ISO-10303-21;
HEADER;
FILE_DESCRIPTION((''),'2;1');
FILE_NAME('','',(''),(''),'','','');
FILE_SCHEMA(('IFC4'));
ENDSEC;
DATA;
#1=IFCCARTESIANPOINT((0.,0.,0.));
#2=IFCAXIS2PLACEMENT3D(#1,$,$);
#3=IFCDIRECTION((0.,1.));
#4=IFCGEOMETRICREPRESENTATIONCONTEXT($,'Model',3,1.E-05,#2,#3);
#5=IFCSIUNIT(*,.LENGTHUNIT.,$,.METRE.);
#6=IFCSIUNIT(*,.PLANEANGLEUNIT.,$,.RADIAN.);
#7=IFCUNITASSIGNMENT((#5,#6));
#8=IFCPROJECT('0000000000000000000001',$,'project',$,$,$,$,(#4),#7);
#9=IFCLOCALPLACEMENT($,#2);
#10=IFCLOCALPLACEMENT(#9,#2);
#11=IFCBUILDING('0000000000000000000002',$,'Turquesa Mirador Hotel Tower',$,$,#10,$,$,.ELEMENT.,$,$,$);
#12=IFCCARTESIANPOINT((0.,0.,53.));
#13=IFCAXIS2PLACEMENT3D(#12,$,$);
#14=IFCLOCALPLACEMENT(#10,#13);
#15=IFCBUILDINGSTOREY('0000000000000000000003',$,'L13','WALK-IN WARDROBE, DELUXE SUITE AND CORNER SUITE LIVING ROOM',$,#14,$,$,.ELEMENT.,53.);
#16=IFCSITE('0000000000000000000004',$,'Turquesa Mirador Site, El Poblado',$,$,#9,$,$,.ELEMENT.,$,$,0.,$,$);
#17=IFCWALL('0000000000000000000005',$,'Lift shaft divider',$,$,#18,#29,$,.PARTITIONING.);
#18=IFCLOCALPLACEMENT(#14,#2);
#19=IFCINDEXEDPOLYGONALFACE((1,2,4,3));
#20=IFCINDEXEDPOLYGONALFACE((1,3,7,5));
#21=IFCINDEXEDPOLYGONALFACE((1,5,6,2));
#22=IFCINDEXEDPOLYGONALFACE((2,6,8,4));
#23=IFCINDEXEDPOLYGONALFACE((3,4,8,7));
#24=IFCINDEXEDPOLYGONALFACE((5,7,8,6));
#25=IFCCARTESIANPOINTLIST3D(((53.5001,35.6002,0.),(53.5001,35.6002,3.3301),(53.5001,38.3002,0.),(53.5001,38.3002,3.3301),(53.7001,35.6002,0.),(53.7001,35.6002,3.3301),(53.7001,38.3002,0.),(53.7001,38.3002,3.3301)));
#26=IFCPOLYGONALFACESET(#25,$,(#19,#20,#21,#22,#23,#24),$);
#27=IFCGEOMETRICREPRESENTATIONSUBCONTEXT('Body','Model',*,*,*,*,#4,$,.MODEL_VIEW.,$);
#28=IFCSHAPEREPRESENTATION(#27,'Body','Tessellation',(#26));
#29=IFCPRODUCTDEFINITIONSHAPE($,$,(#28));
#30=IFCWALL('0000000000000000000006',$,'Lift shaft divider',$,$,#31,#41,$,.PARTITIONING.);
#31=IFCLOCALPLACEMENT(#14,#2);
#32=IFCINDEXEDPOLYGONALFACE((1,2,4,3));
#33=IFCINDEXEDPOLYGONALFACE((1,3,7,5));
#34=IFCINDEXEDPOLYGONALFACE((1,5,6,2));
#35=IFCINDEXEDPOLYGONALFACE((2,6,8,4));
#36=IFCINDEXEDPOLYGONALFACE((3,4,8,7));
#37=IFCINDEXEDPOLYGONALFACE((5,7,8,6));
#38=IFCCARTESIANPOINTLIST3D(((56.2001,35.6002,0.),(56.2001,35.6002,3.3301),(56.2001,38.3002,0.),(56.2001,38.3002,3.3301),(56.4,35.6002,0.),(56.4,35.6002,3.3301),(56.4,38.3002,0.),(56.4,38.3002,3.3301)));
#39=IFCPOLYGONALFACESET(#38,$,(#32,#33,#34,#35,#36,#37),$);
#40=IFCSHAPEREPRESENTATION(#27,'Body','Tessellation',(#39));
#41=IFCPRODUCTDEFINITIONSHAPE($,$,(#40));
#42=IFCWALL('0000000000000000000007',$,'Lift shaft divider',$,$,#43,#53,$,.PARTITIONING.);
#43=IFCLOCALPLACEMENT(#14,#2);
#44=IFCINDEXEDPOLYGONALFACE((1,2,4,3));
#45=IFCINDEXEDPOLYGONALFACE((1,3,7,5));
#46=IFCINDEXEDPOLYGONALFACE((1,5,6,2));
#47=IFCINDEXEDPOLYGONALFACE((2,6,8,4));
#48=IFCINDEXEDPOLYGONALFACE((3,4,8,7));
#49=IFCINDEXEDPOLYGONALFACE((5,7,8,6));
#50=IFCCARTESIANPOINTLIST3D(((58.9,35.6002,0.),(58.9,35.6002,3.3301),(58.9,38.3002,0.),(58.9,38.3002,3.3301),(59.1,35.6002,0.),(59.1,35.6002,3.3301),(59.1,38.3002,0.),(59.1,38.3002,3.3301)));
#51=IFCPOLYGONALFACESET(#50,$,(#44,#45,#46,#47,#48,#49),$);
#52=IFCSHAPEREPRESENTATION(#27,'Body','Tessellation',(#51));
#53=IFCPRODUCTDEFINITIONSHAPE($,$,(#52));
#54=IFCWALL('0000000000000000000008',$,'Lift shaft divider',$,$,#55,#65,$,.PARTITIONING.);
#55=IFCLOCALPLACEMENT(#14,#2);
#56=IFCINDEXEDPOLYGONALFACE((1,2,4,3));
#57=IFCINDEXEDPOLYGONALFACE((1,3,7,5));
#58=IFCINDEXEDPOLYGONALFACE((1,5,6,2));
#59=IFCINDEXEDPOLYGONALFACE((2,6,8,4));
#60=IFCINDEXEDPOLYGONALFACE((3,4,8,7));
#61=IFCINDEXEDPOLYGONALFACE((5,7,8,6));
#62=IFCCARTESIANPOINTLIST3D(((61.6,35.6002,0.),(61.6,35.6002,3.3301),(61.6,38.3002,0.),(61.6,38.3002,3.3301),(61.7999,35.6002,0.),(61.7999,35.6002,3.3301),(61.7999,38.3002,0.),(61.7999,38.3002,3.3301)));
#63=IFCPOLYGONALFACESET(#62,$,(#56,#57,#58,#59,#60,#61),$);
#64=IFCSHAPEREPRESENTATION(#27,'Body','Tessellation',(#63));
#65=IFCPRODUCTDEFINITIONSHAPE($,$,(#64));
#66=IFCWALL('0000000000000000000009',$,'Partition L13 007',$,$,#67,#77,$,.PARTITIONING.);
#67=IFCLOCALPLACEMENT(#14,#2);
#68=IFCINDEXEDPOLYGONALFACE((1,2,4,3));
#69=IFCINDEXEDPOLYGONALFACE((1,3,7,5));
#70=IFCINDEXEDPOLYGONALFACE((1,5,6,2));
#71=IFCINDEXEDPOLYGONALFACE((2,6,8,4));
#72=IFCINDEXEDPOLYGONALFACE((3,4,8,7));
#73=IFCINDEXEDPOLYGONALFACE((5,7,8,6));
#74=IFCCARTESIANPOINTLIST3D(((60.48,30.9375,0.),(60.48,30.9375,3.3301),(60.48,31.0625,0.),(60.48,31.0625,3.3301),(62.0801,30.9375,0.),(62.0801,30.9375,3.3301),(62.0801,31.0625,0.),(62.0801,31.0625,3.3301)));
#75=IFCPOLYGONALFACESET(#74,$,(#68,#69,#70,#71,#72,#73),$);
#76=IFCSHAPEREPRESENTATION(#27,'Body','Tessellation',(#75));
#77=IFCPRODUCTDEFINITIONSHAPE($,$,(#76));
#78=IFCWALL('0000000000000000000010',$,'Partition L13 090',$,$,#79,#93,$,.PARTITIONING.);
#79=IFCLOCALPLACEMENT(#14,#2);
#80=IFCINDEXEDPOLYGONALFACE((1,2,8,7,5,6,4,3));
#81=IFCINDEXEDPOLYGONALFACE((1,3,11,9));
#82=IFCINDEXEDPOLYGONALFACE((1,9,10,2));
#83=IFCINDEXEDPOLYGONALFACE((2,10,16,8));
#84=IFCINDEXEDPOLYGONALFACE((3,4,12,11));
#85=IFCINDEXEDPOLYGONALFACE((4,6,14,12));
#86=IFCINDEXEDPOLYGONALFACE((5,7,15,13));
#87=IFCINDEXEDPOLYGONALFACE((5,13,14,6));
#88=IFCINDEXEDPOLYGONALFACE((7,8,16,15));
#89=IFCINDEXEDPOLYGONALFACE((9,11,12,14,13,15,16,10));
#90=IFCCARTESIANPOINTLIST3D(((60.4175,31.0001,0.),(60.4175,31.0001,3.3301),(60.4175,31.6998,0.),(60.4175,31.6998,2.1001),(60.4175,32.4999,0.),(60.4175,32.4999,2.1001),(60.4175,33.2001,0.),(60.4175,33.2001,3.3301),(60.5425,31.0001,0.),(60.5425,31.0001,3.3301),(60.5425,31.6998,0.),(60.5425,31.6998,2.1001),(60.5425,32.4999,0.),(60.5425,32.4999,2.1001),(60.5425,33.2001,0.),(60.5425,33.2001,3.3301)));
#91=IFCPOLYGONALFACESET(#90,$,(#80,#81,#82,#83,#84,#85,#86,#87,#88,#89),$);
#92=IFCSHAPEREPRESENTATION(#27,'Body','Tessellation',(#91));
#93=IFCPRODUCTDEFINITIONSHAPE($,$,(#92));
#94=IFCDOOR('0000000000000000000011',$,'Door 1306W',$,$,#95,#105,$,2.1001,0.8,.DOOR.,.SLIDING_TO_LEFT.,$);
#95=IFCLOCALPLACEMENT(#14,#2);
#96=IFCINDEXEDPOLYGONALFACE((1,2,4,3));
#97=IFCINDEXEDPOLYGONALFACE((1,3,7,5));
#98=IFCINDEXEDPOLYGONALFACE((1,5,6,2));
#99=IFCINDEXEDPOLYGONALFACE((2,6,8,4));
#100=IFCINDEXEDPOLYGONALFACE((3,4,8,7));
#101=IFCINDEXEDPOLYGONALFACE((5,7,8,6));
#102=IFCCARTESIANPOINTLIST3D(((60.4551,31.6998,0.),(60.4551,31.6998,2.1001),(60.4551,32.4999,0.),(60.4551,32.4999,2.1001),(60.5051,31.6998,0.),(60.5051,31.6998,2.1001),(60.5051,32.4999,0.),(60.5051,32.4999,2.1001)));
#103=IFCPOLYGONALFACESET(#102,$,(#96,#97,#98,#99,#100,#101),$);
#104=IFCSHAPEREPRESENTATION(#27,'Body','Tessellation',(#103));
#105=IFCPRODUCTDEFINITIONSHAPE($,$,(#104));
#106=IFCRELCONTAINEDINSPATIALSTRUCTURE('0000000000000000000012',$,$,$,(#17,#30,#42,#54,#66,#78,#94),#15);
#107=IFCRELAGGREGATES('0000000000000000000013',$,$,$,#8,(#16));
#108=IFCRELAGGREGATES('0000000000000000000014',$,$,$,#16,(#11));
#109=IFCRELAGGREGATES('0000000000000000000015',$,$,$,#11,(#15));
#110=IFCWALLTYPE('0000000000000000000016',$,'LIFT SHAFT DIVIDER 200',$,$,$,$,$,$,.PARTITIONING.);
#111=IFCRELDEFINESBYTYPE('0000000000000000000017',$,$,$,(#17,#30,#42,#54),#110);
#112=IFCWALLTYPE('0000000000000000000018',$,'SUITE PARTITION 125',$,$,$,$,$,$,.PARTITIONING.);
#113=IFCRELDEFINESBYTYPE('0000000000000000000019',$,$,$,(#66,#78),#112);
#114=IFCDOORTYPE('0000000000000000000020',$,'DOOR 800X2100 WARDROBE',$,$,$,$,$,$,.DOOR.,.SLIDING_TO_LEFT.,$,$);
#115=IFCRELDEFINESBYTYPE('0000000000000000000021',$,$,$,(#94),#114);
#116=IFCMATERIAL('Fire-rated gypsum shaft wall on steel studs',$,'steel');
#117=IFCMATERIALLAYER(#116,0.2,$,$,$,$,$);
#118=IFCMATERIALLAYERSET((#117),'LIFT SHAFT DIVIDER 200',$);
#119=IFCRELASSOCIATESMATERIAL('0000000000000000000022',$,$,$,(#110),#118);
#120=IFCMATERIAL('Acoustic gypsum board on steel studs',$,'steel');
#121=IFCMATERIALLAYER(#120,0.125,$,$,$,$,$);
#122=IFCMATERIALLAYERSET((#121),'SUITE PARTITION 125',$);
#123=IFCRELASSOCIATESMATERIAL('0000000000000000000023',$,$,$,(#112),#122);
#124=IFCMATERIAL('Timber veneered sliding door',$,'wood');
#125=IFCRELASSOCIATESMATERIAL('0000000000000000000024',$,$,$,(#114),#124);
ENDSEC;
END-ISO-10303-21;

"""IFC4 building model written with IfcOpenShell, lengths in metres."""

from ifc_helpers import new_model, si_unit, direction, frame, frame_2d, origin, place, context, subcontext, project, spatial, rectangle, extrude, material, layer, layer_set, type_object, element, fill, save


model = new_model("IFC4")

# Units and contexts
model_context = context("Model", 3, precision=1e-05, world=origin(), true_north=direction((0.0, 1.0)))
body_context = subcontext(model_context, "Body", "Model", "MODEL_VIEW")
ifc_project = project(units=[si_unit("LENGTHUNIT", "METRE"), si_unit("PLANEANGLEUNIT", "RADIAN")], contexts=[model_context])

# Site, building, storey
site_placement = place(None, origin())
site = spatial("IfcSite", under=ifc_project, at=site_placement, Name="Turquesa Mirador Site, El Poblado", CompositionType="ELEMENT", RefElevation=0.0)
building_placement = place(site_placement, origin())
building = spatial("IfcBuilding", under=site, at=building_placement, Name="Turquesa Mirador Hotel Tower", CompositionType="ELEMENT")
storey_placement = place(building_placement, frame((0.0, 0.0, 53.0)))
storey = spatial("IfcBuildingStorey", under=building, at=storey_placement, Name="L13", Description="WALK-IN WARDROBE, DELUXE SUITE AND CORNER SUITE LIVING ROOM", CompositionType="ELEMENT", Elevation=53.0)

# Walls
ifc_material_1 = material(Name="Fire-rated gypsum shaft wall on steel studs", Category="steel")
ifc_layer_1 = layer(ifc_material_1, 0.2)
ifc_layer_set_1 = layer_set([ifc_layer_1], Name="LIFT SHAFT DIVIDER 200")
wall_type_1 = type_object("IfcWallType", Name="LIFT SHAFT DIVIDER 200", PredefinedType="PARTITIONING", material=ifc_layer_set_1)
for number, where, z_axis, x_axis, name in (
    (1, (53.6001, 35.6001, 0.0), (0.0, 0.0, 1.0), (0.0, 1.0, 0.0), "Lift shaft divider"),
    (2, (56.3, 35.6001, 0.0), (0.0, 0.0, 1.0), (0.0, 1.0, 0.0), "Lift shaft divider"),
    (3, (59.0, 35.6001, 0.0), (0.0, 0.0, 1.0), (0.0, 1.0, 0.0), "Lift shaft divider"),
    (4, (61.7, 35.6001, 0.0), (0.0, 0.0, 1.0), (0.0, 1.0, 0.0), "Lift shaft divider"),
):
    element("IfcWall", number, at=place(storey_placement, frame(where, z_axis=z_axis, x_axis=x_axis)), inside=storey, type_object=wall_type_1, Name=name, PredefinedType="PARTITIONING", context=body_context, shape_type="SweptSolid", body=[
        extrude(rectangle(XDim=2.7, YDim=0.2, at=frame_2d((1.3501, 0.0))), origin(), (0.0, 0.0, 1.0), 3.3301),
    ])
ifc_material_2 = material(Name="Acoustic gypsum board on steel studs", Category="steel")
ifc_layer_2 = layer(ifc_material_2, 0.125)
ifc_layer_set_2 = layer_set([ifc_layer_2], Name="SUITE PARTITION 125")
wall_type_2 = type_object("IfcWallType", Name="SUITE PARTITION 125", PredefinedType="PARTITIONING", material=ifc_layer_set_2)
wall_1_placement = place(storey_placement, frame((60.48, 31.0, 0.0), z_axis=(0.0, 0.0, 1.0), x_axis=(1.0, 0.0, 0.0)))
element("IfcWall", 5, at=wall_1_placement, inside=storey, type_object=wall_type_2, Name="Partition L13 007", PredefinedType="PARTITIONING", context=body_context, shape_type="SweptSolid", body=[
    extrude(rectangle(XDim=1.6001, YDim=0.125, at=frame_2d((0.8, 0.0))), origin(), (0.0, 0.0, 1.0), 3.3301),
])

# Wall, opening, door
wall_2_placement = place(storey_placement, frame((60.48, 31.0, 0.0), z_axis=(0.0, 0.0, 1.0), x_axis=(0.0, 1.0, 0.0)))
wall_2 = element("IfcWall", 6, at=wall_2_placement, inside=storey, type_object=wall_type_2, Name="Partition L13 090", PredefinedType="PARTITIONING", context=body_context, shape_type="SweptSolid", body=[
    extrude(rectangle(XDim=2.2, YDim=0.125, at=frame_2d((1.1001, 0.0))), origin(), (0.0, 0.0, 1.0), 3.3301),
])
opening_1_placement = place(wall_2_placement, frame((0.7, 0.0, 0.0)))
opening_1 = element("IfcOpeningElement", 7, at=opening_1_placement, cuts=wall_2, PredefinedType="OPENING", context=body_context, shape_type="SweptSolid", body=[
    extrude(rectangle(XDim=0.8, YDim=2.1001, at=frame_2d((0.3999, 1.05))), frame((0.0, 0.0725, 0.0), z_axis=(0.0, -1.0, 0.0), x_axis=(1.0, 0.0, 0.0)), (0.0, 0.0, 1.0), 0.145),
])
ifc_material_3 = material(Name="Timber veneered sliding door", Category="wood")
door_type_1 = type_object("IfcDoorType", Name="DOOR 800X2100 WARDROBE", OperationType="SLIDING_TO_LEFT", PredefinedType="DOOR", material=ifc_material_3)
door_1_placement = place(opening_1_placement, origin())
door_1 = element("IfcDoor", 8, at=door_1_placement, inside=storey, type_object=door_type_1, Name="Door 1306W", OperationType="SLIDING_TO_LEFT", OverallHeight=2.1001, OverallWidth=0.8, PredefinedType="DOOR", context=body_context, shape_type="SweptSolid", body=[
    extrude(rectangle(XDim=0.8, YDim=2.1001, at=frame_2d((0.3999, 1.05))), frame((0.0, 0.0249, 0.0), z_axis=(0.0, -1.0, 0.0), x_axis=(1.0, 0.0, 0.0)), (0.0, 0.0, 1.0), 0.05),
])
fill(opening_1, door_1)

save(model, "model.ifc")
